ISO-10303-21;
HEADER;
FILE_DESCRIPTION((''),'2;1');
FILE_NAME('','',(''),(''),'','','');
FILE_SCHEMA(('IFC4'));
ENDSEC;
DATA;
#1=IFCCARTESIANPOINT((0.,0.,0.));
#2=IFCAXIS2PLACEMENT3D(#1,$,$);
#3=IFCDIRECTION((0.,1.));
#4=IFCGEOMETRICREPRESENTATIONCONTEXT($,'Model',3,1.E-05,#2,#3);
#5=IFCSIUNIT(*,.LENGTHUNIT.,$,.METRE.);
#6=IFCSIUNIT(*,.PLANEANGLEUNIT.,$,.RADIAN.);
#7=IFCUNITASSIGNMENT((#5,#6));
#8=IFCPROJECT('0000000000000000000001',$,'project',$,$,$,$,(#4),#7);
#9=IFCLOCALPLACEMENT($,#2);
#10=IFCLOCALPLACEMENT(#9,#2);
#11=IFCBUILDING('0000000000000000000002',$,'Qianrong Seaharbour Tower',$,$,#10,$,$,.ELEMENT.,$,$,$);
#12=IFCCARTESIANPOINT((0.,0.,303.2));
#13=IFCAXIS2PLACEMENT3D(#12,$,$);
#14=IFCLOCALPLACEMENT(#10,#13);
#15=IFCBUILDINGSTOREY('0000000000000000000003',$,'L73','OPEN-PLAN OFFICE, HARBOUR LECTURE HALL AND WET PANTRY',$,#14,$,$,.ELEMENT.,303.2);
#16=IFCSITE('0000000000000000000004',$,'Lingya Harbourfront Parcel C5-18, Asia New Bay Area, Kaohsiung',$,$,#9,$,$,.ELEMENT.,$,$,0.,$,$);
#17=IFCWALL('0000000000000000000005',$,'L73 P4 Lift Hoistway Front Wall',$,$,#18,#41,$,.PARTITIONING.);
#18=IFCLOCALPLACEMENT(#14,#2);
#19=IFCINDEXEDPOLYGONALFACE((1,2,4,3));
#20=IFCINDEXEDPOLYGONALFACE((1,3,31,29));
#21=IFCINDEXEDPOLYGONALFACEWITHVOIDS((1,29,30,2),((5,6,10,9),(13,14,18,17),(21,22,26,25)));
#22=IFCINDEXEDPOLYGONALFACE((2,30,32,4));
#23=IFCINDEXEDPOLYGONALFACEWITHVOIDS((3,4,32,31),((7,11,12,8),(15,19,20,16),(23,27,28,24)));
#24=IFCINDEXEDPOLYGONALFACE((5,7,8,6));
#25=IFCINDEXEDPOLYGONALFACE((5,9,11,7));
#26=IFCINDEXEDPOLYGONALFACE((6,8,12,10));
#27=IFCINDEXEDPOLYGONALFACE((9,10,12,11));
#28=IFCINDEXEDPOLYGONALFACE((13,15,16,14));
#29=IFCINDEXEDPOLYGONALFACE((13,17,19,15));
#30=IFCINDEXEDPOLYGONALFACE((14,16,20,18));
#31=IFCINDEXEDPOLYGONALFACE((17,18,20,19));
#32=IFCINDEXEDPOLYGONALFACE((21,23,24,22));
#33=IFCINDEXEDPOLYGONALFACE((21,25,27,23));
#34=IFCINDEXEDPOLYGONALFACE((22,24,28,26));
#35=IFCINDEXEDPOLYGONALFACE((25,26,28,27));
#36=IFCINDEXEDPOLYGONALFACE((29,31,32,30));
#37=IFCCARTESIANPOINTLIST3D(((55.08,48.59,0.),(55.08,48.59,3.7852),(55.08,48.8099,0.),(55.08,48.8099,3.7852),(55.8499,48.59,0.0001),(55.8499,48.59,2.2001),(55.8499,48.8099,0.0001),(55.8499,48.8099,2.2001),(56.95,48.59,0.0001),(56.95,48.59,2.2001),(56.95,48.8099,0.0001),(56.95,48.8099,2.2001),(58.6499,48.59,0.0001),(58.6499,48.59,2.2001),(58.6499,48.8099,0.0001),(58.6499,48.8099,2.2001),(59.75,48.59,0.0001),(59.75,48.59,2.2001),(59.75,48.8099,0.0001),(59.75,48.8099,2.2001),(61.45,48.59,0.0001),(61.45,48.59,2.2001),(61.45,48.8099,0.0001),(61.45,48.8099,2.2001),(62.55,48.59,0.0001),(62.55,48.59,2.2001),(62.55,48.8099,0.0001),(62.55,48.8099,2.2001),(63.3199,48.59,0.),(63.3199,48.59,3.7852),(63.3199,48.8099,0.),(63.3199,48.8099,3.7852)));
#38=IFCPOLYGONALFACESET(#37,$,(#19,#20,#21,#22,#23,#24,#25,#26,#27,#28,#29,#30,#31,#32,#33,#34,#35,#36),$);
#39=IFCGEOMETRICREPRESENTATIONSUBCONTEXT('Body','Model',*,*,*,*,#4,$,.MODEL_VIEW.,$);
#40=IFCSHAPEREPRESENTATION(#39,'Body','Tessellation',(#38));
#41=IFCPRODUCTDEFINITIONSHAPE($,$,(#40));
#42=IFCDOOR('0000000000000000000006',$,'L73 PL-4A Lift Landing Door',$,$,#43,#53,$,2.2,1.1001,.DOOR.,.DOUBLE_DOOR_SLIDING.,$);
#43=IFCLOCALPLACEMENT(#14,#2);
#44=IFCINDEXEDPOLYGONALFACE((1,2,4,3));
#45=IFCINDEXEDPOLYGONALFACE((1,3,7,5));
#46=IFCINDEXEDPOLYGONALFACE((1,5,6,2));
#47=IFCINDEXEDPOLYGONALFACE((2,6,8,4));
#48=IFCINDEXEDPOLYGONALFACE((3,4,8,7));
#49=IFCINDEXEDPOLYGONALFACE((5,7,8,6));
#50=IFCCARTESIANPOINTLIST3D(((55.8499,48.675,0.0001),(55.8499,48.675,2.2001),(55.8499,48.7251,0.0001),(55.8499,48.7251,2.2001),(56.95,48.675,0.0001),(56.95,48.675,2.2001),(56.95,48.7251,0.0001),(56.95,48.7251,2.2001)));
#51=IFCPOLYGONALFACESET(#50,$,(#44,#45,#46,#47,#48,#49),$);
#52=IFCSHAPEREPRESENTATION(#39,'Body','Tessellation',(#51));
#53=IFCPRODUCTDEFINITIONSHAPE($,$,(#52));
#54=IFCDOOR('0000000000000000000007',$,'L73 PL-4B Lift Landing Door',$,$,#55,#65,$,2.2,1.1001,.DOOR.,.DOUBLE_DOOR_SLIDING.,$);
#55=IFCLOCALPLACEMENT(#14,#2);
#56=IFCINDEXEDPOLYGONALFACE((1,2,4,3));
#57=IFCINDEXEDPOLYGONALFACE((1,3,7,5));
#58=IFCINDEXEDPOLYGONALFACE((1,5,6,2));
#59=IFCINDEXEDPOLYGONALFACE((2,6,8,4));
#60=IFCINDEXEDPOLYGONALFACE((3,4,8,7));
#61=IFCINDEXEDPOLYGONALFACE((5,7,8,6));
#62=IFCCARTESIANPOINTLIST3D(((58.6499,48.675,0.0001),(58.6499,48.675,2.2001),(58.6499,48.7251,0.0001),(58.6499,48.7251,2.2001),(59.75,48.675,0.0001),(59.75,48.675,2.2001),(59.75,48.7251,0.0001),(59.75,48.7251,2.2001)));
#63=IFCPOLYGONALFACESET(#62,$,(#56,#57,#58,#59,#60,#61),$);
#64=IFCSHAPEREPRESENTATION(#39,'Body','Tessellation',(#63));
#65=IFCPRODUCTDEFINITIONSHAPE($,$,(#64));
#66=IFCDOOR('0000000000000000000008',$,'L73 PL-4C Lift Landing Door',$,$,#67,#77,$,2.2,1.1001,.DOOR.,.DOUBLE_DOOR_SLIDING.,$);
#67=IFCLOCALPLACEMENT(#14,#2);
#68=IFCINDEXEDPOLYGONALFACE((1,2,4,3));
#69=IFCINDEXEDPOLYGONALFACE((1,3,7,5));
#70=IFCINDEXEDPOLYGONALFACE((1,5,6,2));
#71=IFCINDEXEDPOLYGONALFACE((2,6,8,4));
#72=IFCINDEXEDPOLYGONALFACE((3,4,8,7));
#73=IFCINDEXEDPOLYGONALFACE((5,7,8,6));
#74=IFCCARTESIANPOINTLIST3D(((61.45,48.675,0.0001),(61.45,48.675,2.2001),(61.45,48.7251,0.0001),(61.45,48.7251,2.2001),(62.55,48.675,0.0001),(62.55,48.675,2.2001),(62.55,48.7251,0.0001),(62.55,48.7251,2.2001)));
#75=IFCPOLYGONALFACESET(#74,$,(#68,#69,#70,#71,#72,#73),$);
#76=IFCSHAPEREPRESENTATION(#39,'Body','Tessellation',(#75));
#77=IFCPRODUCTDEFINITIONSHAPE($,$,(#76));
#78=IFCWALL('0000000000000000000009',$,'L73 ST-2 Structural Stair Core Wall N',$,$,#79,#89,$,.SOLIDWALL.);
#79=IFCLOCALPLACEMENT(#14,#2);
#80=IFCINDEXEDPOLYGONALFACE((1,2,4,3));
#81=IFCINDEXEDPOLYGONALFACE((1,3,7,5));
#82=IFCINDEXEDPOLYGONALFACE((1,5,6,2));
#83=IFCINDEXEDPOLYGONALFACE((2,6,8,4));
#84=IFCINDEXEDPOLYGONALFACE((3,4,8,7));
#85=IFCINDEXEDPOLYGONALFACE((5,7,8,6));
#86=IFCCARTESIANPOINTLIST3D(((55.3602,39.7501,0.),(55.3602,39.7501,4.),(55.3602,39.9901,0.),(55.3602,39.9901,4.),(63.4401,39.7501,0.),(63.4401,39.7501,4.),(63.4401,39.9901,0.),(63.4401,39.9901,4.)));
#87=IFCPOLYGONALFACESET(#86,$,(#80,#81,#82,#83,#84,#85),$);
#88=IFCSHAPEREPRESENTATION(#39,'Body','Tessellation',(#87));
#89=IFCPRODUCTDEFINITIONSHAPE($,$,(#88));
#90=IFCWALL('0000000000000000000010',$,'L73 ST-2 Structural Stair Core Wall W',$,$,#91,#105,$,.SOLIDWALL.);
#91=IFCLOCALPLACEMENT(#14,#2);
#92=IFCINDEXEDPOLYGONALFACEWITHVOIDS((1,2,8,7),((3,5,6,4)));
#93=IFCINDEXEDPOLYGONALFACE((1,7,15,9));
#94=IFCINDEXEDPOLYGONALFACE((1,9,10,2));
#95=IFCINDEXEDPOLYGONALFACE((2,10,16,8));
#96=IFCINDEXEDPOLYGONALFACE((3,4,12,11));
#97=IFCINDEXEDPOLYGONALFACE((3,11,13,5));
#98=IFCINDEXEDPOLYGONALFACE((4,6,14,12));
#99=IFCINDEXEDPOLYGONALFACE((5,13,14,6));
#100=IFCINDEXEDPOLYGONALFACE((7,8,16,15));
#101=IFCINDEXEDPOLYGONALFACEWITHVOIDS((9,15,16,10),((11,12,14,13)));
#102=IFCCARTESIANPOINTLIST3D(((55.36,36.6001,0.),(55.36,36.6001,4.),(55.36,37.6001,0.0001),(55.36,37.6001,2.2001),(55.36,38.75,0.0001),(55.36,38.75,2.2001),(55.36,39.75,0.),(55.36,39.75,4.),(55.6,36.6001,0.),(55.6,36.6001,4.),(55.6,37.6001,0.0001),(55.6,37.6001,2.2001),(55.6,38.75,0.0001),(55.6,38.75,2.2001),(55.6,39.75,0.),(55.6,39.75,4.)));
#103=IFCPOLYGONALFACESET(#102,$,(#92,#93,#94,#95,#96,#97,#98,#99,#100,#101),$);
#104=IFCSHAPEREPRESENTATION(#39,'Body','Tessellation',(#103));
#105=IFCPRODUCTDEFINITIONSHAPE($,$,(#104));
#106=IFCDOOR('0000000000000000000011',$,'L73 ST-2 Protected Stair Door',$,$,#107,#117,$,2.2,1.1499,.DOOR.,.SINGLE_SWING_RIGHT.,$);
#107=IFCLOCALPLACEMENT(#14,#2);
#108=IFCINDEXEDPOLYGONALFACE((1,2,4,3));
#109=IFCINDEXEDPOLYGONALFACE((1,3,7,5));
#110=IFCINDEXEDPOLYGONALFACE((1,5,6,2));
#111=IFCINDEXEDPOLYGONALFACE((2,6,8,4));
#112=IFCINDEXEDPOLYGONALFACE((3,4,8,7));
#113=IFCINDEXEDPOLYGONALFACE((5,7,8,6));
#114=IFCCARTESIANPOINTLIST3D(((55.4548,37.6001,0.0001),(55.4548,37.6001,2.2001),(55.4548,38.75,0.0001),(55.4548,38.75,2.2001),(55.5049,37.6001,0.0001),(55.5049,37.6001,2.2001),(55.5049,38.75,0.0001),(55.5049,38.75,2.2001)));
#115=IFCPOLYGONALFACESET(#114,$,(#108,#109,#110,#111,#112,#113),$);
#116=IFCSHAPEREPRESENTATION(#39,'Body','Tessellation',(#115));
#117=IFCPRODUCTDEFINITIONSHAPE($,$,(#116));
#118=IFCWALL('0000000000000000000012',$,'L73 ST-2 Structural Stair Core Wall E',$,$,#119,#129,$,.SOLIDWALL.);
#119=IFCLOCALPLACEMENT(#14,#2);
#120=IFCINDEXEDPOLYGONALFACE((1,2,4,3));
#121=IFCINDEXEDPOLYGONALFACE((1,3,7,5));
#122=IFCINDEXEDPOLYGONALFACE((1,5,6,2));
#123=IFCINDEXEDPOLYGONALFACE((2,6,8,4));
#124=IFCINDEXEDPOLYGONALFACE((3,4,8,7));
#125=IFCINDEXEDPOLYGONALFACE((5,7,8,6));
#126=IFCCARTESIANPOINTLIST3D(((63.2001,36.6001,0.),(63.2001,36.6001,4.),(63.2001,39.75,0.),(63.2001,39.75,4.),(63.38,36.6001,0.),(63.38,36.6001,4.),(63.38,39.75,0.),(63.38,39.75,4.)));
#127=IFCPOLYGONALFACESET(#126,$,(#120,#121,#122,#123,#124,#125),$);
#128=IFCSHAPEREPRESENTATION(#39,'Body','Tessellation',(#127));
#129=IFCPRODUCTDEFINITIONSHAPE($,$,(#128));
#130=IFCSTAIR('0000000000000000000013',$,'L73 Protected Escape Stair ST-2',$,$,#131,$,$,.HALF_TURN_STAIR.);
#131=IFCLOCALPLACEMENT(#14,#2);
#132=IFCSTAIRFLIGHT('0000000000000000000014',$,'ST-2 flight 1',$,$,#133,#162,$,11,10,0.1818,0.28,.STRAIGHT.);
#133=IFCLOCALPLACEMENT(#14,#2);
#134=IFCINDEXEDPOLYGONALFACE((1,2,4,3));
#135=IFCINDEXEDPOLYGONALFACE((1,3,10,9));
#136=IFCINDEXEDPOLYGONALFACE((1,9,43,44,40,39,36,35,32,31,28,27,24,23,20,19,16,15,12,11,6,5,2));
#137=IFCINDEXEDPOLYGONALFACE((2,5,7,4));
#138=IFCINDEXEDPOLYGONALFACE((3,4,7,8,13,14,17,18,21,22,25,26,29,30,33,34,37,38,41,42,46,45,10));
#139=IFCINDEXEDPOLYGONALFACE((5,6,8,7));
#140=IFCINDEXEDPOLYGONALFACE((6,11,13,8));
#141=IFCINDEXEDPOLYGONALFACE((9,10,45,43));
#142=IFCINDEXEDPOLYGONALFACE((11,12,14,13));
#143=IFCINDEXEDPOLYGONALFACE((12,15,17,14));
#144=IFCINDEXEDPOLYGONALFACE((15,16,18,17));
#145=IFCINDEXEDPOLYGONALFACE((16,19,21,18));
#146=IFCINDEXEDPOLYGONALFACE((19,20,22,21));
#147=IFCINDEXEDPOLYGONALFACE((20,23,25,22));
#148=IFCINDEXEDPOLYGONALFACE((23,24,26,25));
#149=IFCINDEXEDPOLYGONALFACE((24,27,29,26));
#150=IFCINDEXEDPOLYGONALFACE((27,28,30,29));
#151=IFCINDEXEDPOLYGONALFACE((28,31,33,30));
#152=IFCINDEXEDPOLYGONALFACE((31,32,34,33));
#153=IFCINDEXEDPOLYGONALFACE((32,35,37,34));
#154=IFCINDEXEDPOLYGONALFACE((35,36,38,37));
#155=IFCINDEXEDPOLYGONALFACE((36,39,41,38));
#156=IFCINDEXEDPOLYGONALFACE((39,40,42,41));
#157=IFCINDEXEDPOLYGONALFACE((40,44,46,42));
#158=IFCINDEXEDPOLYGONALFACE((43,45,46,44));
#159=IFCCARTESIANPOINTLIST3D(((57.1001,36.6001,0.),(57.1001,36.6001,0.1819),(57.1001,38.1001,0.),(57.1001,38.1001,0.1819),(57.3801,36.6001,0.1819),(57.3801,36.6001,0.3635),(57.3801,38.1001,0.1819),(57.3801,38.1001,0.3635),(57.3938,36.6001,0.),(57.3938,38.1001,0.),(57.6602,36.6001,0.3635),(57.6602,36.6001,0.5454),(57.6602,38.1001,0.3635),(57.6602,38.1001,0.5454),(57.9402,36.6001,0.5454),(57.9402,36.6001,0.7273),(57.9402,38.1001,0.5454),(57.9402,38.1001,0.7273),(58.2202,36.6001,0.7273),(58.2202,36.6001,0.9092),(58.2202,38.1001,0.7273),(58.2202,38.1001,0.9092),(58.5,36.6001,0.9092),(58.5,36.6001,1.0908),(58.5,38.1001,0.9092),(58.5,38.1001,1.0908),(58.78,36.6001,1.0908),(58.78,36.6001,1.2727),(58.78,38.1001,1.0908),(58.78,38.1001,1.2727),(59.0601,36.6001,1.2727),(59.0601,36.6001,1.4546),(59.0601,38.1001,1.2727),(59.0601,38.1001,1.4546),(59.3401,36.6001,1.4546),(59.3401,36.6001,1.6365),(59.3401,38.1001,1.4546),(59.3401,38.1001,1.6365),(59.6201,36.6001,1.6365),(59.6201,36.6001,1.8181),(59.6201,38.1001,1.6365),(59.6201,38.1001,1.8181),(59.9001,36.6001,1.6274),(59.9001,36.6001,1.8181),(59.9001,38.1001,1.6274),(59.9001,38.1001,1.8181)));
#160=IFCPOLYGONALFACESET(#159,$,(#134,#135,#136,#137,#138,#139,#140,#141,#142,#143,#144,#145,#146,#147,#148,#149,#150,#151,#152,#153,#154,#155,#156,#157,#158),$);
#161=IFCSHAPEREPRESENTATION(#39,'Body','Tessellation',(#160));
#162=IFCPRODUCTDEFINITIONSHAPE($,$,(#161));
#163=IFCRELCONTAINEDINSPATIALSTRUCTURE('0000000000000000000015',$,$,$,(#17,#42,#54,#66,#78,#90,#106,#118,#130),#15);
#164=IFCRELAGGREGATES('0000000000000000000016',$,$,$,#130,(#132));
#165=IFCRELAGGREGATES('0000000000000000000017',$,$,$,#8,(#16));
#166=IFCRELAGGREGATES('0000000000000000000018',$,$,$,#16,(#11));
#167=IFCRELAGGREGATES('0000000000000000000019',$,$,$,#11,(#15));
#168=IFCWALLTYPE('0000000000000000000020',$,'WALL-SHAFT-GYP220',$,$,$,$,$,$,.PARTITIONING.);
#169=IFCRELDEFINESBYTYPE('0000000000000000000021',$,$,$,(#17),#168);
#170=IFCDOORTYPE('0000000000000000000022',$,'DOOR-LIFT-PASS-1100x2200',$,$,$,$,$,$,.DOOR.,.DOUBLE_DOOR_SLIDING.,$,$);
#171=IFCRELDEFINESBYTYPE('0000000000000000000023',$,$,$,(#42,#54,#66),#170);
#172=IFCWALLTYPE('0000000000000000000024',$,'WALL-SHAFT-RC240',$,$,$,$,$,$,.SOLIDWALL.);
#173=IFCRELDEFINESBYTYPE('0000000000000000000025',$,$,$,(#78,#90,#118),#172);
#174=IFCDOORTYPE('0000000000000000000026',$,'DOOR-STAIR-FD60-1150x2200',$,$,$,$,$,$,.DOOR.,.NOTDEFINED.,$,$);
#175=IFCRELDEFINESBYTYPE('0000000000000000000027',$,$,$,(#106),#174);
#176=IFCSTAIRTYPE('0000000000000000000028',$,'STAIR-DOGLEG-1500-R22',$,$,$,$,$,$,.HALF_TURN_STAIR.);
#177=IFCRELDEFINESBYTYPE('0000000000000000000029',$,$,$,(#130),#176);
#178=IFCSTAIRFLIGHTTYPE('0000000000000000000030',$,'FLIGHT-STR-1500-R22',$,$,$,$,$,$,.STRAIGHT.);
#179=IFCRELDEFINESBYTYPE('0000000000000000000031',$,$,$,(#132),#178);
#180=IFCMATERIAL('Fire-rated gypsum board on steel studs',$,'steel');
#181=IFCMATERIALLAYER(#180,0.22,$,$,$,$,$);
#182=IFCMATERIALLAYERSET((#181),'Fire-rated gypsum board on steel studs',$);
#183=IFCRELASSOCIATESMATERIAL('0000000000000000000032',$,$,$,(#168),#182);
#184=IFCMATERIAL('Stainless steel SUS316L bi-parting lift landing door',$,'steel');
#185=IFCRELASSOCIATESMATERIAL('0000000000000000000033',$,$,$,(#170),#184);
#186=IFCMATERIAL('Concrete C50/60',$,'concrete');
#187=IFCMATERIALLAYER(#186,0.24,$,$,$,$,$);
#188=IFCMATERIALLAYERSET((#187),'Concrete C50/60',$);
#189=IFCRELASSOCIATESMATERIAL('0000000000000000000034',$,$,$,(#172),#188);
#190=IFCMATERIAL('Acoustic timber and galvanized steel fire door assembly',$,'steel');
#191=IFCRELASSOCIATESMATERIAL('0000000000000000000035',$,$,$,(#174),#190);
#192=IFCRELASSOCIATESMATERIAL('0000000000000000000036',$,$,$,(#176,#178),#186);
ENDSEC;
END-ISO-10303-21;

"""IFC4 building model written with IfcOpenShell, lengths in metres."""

from ifc_helpers import new_model, si_unit, direction, frame, frame_2d, origin, place, context, subcontext, project, spatial, polyline, rectangle, outline, extrude, material, layer, layer_set, type_object, element, fill, aggregate, save


model = new_model("IFC4")

# Units and contexts
model_context = context("Model", 3, precision=1e-05, world=origin(), true_north=direction((0.0, 1.0)))
body_context = subcontext(model_context, "Body", "Model", "MODEL_VIEW")
ifc_project = project(units=[si_unit("LENGTHUNIT", "METRE"), si_unit("PLANEANGLEUNIT", "RADIAN")], contexts=[model_context])

# Site, building, storey
site_placement = place(None, origin())
site = spatial("IfcSite", under=ifc_project, at=site_placement, Name="Lingya Harbourfront Parcel C5-18, Asia New Bay Area, Kaohsiung", CompositionType="ELEMENT", RefElevation=0.0)
building_placement = place(site_placement, origin())
building = spatial("IfcBuilding", under=site, at=building_placement, Name="Qianrong Seaharbour Tower", CompositionType="ELEMENT")
storey_placement = place(building_placement, frame((0.0, 0.0, 303.2)))
storey = spatial("IfcBuildingStorey", under=building, at=storey_placement, Name="L73", Description="OPEN-PLAN OFFICE, HARBOUR LECTURE HALL AND WET PANTRY", CompositionType="ELEMENT", Elevation=303.2)

# Shared definitions
ifc_material_1 = material(Name="Concrete C50/60", Category="concrete")

# Shared definitions
ifc_material_2 = material(Name="Acoustic timber and galvanized steel fire door assembly", Category="steel")

# Shared definitions
ifc_material_3 = material(Name="Fire-rated gypsum board on steel studs", Category="steel")

# Wall, openings, doors
ifc_layer_1 = layer(ifc_material_3, 0.22)
ifc_layer_set_1 = layer_set([ifc_layer_1], Name="Fire-rated gypsum board on steel studs")
wall_type_1 = type_object("IfcWallType", Name="WALL-SHAFT-GYP220", PredefinedType="PARTITIONING", material=ifc_layer_set_1)
wall_1_placement = place(storey_placement, frame((63.3201, 48.7, 0.0), z_axis=(0.0, 0.0, 1.0), x_axis=(-1.0, 0.0, 0.0)))
wall_1 = element("IfcWall", 1, at=wall_1_placement, inside=storey, type_object=wall_type_1, Name="L73 P4 Lift Hoistway Front Wall", PredefinedType="PARTITIONING", context=body_context, shape_type="SweptSolid", body=[
    extrude(rectangle(XDim=8.24, YDim=0.22, at=frame_2d((4.1201, 0.0))), origin(), (0.0, 0.0, 1.0), 3.7852),
])
opening_1_placement = place(wall_1_placement, frame((6.3701, 0.0, 0.0)))
opening_1 = element("IfcOpeningElement", 2, at=opening_1_placement, cuts=wall_1, PredefinedType="OPENING", context=body_context, shape_type="SweptSolid", body=[
    extrude(rectangle(XDim=1.1001, YDim=2.2, at=frame_2d((0.55, 1.1001))), frame((0.0, 0.1201, 0.0), z_axis=(0.0, -1.0, 0.0), x_axis=(1.0, 0.0, 0.0)), (0.0, 0.0, 1.0), 0.24),
])
opening_2_placement = place(wall_1_placement, frame((3.5701, 0.0, 0.0)))
opening_2 = element("IfcOpeningElement", 3, at=opening_2_placement, cuts=wall_1, PredefinedType="OPENING", context=body_context, shape_type="SweptSolid", body=[
    extrude(rectangle(XDim=1.1001, YDim=2.2, at=frame_2d((0.55, 1.1001))), frame((0.0, 0.1201, 0.0), z_axis=(0.0, -1.0, 0.0), x_axis=(1.0, 0.0, 0.0)), (0.0, 0.0, 1.0), 0.24),
])
opening_3_placement = place(wall_1_placement, frame((0.77, 0.0, 0.0)))
opening_3 = element("IfcOpeningElement", 4, at=opening_3_placement, cuts=wall_1, PredefinedType="OPENING", context=body_context, shape_type="SweptSolid", body=[
    extrude(rectangle(XDim=1.1001, YDim=2.2, at=frame_2d((0.55, 1.1001))), frame((0.0, 0.1201, 0.0), z_axis=(0.0, -1.0, 0.0), x_axis=(1.0, 0.0, 0.0)), (0.0, 0.0, 1.0), 0.24),
])
ifc_material_4 = material(Name="Stainless steel SUS316L bi-parting lift landing door", Category="steel")
door_type_1 = type_object("IfcDoorType", Name="DOOR-LIFT-PASS-1100x2200", OperationType="DOUBLE_DOOR_SLIDING", PredefinedType="DOOR", material=ifc_material_4)
door_1_placement = place(opening_1_placement, origin())
door_1 = element("IfcDoor", 5, at=door_1_placement, inside=storey, type_object=door_type_1, Name="L73 PL-4A Lift Landing Door", OperationType="DOUBLE_DOOR_SLIDING", OverallHeight=2.2, OverallWidth=1.1001, PredefinedType="DOOR", context=body_context, shape_type="SweptSolid", body=[
    extrude(rectangle(XDim=1.1001, YDim=2.2, at=frame_2d((0.55, 1.1001))), frame((0.0, 0.0249, 0.0), z_axis=(0.0, -1.0, 0.0), x_axis=(1.0, 0.0, 0.0)), (0.0, 0.0, 1.0), 0.05),
])
fill(opening_1, door_1)
door_2_placement = place(opening_2_placement, origin())
door_2 = element("IfcDoor", 6, at=door_2_placement, inside=storey, type_object=door_type_1, Name="L73 PL-4B Lift Landing Door", OperationType="DOUBLE_DOOR_SLIDING", OverallHeight=2.2, OverallWidth=1.1001, PredefinedType="DOOR", context=body_context, shape_type="SweptSolid", body=[
    extrude(rectangle(XDim=1.1001, YDim=2.2, at=frame_2d((0.55, 1.1001))), frame((0.0, 0.0249, 0.0), z_axis=(0.0, -1.0, 0.0), x_axis=(1.0, 0.0, 0.0)), (0.0, 0.0, 1.0), 0.05),
])
fill(opening_2, door_2)
door_3_placement = place(opening_3_placement, origin())
door_3 = element("IfcDoor", 7, at=door_3_placement, inside=storey, type_object=door_type_1, Name="L73 PL-4C Lift Landing Door", OperationType="DOUBLE_DOOR_SLIDING", OverallHeight=2.2, OverallWidth=1.1001, PredefinedType="DOOR", context=body_context, shape_type="SweptSolid", body=[
    extrude(rectangle(XDim=1.1001, YDim=2.2, at=frame_2d((0.55, 1.1001))), frame((0.0, 0.0249, 0.0), z_axis=(0.0, -1.0, 0.0), x_axis=(1.0, 0.0, 0.0)), (0.0, 0.0, 1.0), 0.05),
])
fill(opening_3, door_3)

# Wall
ifc_layer_2 = layer(ifc_material_1, 0.24)
ifc_layer_set_2 = layer_set([ifc_layer_2], Name="Concrete C50/60")
wall_type_2 = type_object("IfcWallType", Name="WALL-SHAFT-RC240", PredefinedType="SOLIDWALL", material=ifc_layer_set_2)
wall_2_placement = place(storey_placement, frame((55.3601, 39.8701, 0.0), z_axis=(0.0, 0.0, 1.0), x_axis=(1.0, 0.0, 0.0)))
element("IfcWall", 8, at=wall_2_placement, inside=storey, type_object=wall_type_2, Name="L73 ST-2 Structural Stair Core Wall N", PredefinedType="SOLIDWALL", context=body_context, shape_type="SweptSolid", body=[
    extrude(rectangle(XDim=8.0798, YDim=0.24, at=frame_2d((4.04, 0.0))), origin(), (0.0, 0.0, 1.0), 4.0),
])

# Wall, opening, door
wall_3_placement = place(storey_placement, frame((55.48, 39.75, 0.0), z_axis=(0.0, 0.0, 1.0), x_axis=(0.0, -1.0, 0.0)))
wall_3 = element("IfcWall", 9, at=wall_3_placement, inside=storey, type_object=wall_type_2, Name="L73 ST-2 Structural Stair Core Wall W", PredefinedType="SOLIDWALL", context=body_context, shape_type="SweptSolid", body=[
    extrude(rectangle(XDim=3.1499, YDim=0.24, at=frame_2d((1.575, 0.0))), origin(), (0.0, 0.0, 1.0), 4.0),
])
opening_4_placement = place(wall_3_placement, frame((1.0, 0.0, 0.0)))
opening_4 = element("IfcOpeningElement", 10, at=opening_4_placement, cuts=wall_3, PredefinedType="OPENING", context=body_context, shape_type="SweptSolid", body=[
    extrude(rectangle(XDim=1.1499, YDim=2.2, at=frame_2d((0.575, 1.1001))), frame((0.0, 0.1299, 0.0), z_axis=(0.0, -1.0, 0.0), x_axis=(1.0, 0.0, 0.0)), (0.0, 0.0, 1.0), 0.26),
])
door_type_2 = type_object("IfcDoorType", Name="DOOR-STAIR-FD60-1150x2200", OperationType="NOTDEFINED", PredefinedType="DOOR", material=ifc_material_2)
door_4_placement = place(opening_4_placement, origin())
door_4 = element("IfcDoor", 11, at=door_4_placement, inside=storey, type_object=door_type_2, Name="L73 ST-2 Protected Stair Door", OperationType="SINGLE_SWING_RIGHT", OverallHeight=2.2, OverallWidth=1.1499, PredefinedType="DOOR", context=body_context, shape_type="SweptSolid", body=[
    extrude(rectangle(XDim=1.1499, YDim=2.2, at=frame_2d((0.575, 1.1001))), frame((0.0, 0.0249, 0.0), z_axis=(0.0, -1.0, 0.0), x_axis=(1.0, 0.0, 0.0)), (0.0, 0.0, 1.0), 0.05),
])
fill(opening_4, door_4)

# Wall
wall_4_placement = place(storey_placement, frame((63.29, 36.6001, 0.0), z_axis=(0.0, 0.0, 1.0), x_axis=(0.0, 1.0, 0.0)))
element("IfcWall", 12, at=wall_4_placement, inside=storey, type_object=wall_type_2, Name="L73 ST-2 Structural Stair Core Wall E", PredefinedType="SOLIDWALL", context=body_context, shape_type="SweptSolid", body=[
    extrude(rectangle(XDim=3.1499, YDim=0.1799, at=frame_2d((1.575, 0.0))), origin(), (0.0, 0.0, 1.0), 4.0),
])

# Stair, stair flight
stair_type = type_object("IfcStairType", Name="STAIR-DOGLEG-1500-R22", PredefinedType="HALF_TURN_STAIR", material=ifc_material_1)
stair_placement = place(storey_placement, origin())
stair = element("IfcStair", 13, at=stair_placement, inside=storey, type_object=stair_type, Name="L73 Protected Escape Stair ST-2", PredefinedType="HALF_TURN_STAIR")
stair_flight_type = type_object("IfcStairFlightType", Name="FLIGHT-STR-1500-R22", PredefinedType="STRAIGHT", material=ifc_material_1)
stair_flight_1_placement = place(storey_placement, frame((57.1001, 37.3501, 0.0), z_axis=(0.0, 0.0, 1.0), x_axis=(1.0, 0.0, 0.0)))
stair_flight_1 = element("IfcStairFlight", 14, at=stair_flight_1_placement, type_object=stair_flight_type, Name="ST-2 flight 1", NumberOfRisers=11, NumberOfTreads=10, PredefinedType="STRAIGHT", RiserHeight=0.1818, TreadLength=0.28, context=body_context, shape_type="SweptSolid", body=[
    extrude(outline(polyline([(0.0, 0.0), (0.0, 0.1819), (0.28, 0.1819), (0.28, 0.3635), (0.5601, 0.3635), (0.5601, 0.5454), (0.8401, 0.5454), (0.8401, 0.7273), (1.1201, 0.7273), (1.1201, 0.9092), (1.3999, 0.9092), (1.3999, 1.0908), (1.6799, 1.0908), (1.6799, 1.2727), (1.96, 1.2727), (1.96, 1.4546), (2.24, 1.4546), (2.24, 1.6365), (2.52, 1.6365), (2.52, 1.8181), (2.8, 1.8181), (2.8, 2.0), (2.8, 1.6274), (0.2937, 0.0), (0.0, 0.0)])), frame((0.0, 0.75, 0.0), z_axis=(0.0, -1.0, 0.0), x_axis=(1.0, 0.0, 0.0)), (0.0, 0.0, 1.0), 1.5),
])
aggregate(stair, [stair_flight_1])

save(model, "model.ifc")
